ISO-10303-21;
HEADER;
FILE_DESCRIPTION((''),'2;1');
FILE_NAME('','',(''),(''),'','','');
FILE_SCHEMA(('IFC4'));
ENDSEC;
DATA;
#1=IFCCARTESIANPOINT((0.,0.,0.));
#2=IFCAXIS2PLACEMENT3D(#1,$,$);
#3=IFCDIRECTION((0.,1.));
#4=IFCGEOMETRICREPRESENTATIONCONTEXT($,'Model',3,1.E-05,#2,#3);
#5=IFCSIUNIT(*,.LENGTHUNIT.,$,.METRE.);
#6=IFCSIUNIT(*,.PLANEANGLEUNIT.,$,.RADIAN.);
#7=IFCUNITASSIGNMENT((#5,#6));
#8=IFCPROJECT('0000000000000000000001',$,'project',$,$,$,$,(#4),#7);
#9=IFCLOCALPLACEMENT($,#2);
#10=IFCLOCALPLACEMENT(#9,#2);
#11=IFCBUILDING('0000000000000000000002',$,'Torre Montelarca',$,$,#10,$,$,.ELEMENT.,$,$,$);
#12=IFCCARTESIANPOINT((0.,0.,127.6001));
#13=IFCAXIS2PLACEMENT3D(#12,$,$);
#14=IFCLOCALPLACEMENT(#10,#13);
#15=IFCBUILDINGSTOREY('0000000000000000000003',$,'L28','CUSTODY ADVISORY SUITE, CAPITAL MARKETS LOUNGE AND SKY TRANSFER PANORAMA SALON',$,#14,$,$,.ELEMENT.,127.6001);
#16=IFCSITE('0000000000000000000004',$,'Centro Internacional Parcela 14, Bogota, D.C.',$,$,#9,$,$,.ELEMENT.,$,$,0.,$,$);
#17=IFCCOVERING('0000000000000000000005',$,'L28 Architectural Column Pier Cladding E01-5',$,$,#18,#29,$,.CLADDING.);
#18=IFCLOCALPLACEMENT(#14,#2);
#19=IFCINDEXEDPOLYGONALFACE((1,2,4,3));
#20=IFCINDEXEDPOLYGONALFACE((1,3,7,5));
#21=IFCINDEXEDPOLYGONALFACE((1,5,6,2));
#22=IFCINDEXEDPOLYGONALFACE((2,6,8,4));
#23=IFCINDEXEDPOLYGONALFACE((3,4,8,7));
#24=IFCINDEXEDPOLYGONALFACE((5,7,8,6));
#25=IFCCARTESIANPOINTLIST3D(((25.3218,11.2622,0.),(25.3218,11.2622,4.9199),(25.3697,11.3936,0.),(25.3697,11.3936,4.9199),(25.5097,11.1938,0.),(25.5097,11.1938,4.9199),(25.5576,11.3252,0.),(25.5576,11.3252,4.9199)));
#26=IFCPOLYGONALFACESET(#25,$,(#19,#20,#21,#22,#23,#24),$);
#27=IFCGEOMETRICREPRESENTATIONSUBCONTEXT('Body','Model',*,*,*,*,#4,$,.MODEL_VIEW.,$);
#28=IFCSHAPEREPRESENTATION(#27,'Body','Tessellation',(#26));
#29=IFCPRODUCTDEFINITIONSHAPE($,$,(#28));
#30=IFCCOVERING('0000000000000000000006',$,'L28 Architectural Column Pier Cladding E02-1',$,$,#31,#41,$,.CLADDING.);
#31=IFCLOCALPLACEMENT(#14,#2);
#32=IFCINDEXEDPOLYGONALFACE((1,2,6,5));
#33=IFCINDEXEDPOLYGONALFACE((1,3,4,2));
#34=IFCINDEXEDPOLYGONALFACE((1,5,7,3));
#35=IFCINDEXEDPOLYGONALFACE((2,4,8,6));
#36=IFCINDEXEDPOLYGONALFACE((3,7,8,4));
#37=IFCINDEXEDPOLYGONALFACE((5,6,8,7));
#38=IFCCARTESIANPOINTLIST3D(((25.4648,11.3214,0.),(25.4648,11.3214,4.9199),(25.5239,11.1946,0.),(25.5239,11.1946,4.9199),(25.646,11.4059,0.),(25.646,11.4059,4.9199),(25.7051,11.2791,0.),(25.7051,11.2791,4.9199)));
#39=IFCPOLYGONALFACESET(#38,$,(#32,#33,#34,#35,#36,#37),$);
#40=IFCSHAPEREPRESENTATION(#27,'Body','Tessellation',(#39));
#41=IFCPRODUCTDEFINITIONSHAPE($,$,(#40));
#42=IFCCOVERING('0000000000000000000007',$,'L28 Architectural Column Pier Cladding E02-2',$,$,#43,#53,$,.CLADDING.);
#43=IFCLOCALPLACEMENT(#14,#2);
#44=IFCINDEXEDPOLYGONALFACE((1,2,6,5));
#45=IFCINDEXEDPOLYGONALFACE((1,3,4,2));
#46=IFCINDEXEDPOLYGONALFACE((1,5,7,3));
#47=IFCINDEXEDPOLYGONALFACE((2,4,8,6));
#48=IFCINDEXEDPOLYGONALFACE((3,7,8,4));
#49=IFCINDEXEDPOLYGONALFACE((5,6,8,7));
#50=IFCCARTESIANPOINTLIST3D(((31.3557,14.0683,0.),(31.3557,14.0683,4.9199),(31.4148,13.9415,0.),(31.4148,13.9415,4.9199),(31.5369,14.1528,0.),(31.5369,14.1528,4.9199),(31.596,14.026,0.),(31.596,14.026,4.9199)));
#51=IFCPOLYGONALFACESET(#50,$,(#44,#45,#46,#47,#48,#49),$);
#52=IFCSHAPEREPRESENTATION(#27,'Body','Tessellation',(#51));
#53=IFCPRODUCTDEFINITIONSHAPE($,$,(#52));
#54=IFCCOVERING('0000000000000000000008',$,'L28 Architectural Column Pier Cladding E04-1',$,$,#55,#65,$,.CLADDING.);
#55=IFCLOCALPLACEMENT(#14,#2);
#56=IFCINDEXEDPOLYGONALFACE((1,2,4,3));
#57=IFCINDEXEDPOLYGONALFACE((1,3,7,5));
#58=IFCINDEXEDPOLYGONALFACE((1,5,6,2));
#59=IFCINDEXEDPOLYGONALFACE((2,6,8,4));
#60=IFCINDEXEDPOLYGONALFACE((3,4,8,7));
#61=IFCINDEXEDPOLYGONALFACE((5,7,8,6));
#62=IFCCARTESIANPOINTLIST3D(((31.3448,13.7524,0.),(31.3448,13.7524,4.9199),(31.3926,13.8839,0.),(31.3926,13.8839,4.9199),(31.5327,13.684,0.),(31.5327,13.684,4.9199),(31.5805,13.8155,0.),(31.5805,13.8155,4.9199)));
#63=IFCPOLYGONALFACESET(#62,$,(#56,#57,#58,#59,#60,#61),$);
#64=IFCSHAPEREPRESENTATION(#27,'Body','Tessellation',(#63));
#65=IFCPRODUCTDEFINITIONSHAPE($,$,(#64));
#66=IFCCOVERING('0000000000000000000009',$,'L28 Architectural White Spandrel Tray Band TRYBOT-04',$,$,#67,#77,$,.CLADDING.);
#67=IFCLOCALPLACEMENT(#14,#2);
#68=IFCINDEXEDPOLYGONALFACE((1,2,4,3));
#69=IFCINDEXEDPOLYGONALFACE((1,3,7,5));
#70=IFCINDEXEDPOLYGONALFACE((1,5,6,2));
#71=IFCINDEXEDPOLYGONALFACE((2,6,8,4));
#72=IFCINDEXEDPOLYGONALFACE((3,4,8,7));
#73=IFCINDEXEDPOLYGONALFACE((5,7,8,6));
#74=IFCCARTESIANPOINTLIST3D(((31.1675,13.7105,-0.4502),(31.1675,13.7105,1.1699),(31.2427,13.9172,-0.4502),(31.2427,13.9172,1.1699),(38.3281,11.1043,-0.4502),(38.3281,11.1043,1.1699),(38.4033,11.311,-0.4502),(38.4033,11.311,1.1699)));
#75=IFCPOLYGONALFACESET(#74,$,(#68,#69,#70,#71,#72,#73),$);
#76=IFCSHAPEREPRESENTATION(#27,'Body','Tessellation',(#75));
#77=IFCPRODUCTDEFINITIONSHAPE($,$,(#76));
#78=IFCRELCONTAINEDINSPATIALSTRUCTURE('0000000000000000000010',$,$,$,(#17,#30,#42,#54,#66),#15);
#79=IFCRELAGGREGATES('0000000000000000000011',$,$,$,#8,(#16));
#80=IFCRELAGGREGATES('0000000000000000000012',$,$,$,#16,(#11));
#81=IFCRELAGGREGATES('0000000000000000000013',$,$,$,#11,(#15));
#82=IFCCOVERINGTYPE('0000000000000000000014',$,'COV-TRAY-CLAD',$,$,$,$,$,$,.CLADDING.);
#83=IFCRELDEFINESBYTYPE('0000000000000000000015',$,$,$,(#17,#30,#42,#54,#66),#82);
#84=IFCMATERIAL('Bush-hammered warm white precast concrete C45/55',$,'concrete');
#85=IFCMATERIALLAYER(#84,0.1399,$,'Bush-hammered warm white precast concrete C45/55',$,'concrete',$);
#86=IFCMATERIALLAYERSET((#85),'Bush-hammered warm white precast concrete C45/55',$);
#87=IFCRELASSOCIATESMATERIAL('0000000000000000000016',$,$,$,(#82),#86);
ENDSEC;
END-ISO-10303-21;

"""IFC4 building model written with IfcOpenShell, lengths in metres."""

from ifc_helpers import new_model, si_unit, direction, frame, origin, origin_2d, place, context, subcontext, project, spatial, rectangle, extrude, source, transform, mapped, material, layer, layer_set, type_object, element, save


model = new_model("IFC4")

# Units and contexts
model_context = context("Model", 3, precision=1e-05, world=origin(), true_north=direction((0.0, 1.0)))
body_context = subcontext(model_context, "Body", "Model", "MODEL_VIEW")
ifc_project = project(units=[si_unit("LENGTHUNIT", "METRE"), si_unit("PLANEANGLEUNIT", "RADIAN")], contexts=[model_context])

# Site, building, storey
site_placement = place(None, origin())
site = spatial("IfcSite", under=ifc_project, at=site_placement, Name="Centro Internacional Parcela 14, Bogota, D.C.", CompositionType="ELEMENT", RefElevation=0.0)
building_placement = place(site_placement, origin())
building = spatial("IfcBuilding", under=site, at=building_placement, Name="Torre Montelarca", CompositionType="ELEMENT")
storey_placement = place(building_placement, frame((0.0, 0.0, 127.6001)))
storey = spatial("IfcBuildingStorey", under=building, at=storey_placement, Name="L28", Description="CUSTODY ADVISORY SUITE, CAPITAL MARKETS LOUNGE AND SKY TRANSFER PANORAMA SALON", CompositionType="ELEMENT", Elevation=127.6001)

# Coverings
ifc_material_1 = material(Name="Bush-hammered warm white precast concrete C45/55", Category="concrete")
ifc_layer_1 = layer(ifc_material_1, 0.1399, Name="Bush-hammered warm white precast concrete C45/55", Category="concrete")
ifc_layer_set_1 = layer_set([ifc_layer_1], Name="Bush-hammered warm white precast concrete C45/55")
covering_type = type_object("IfcCoveringType", Name="COV-TRAY-CLAD", PredefinedType="CLADDING", material=ifc_layer_set_1)
shared_shape_1 = source(origin(), body_context, "Body", "SweptSolid", [
    extrude(rectangle(XDim=0.2, YDim=0.1399, at=origin_2d()), origin(), (0.0, 0.0, 1.0), 4.9199),
])
for number, where, z_axis, x_axis, name in (
    (1, (25.4397, 11.2937, 0.0), (0.0, 0.0, 1.0), (0.939694, -0.342017, 0.0), "L28 Architectural Column Pier Cladding E01-5"),
    (2, (25.585, 11.3003, 0.0), (0.0, 0.0, 1.0), (0.906314, 0.422604, 0.0), "L28 Architectural Column Pier Cladding E02-1"),
    (3, (31.4758, 14.0471, 0.0), (0.0, 0.0, 1.0), (0.906314, 0.422604, 0.0), "L28 Architectural Column Pier Cladding E02-2"),
    (4, (31.4626, 13.7839, 0.0), (0.0, 0.0, 1.0), (0.939696, -0.342012, 0.0), "L28 Architectural Column Pier Cladding E04-1"),
):
    element("IfcCovering", number, at=place(storey_placement, frame(where, z_axis=z_axis, x_axis=x_axis)), inside=storey, type_object=covering_type, Name=name, PredefinedType="CLADDING", context=body_context, shape_type="MappedRepresentation", body=[
        mapped(shared_shape_1, transform((0.0, 0.0, 0.0), scale=1.0)),
    ])
shared_shape_2 = source(origin(), body_context, "Body", "SweptSolid", [
    extrude(rectangle(XDim=7.6201, YDim=0.22, at=origin_2d()), origin(), (0.0, 0.0, 1.0), 1.6201),
])
covering_1_placement = place(storey_placement, frame((34.7854, 12.5107, -0.4502), z_axis=(0.0, 0.0, 1.0), x_axis=(0.939695, -0.342014, 0.0)))
element("IfcCovering", 5, at=covering_1_placement, inside=storey, type_object=covering_type, Name="L28 Architectural White Spandrel Tray Band TRYBOT-04", PredefinedType="CLADDING", context=body_context, shape_type="MappedRepresentation", body=[
    mapped(shared_shape_2, transform((0.0, 0.0, 0.0), scale=1.0)),
])

save(model, "model.ifc")
